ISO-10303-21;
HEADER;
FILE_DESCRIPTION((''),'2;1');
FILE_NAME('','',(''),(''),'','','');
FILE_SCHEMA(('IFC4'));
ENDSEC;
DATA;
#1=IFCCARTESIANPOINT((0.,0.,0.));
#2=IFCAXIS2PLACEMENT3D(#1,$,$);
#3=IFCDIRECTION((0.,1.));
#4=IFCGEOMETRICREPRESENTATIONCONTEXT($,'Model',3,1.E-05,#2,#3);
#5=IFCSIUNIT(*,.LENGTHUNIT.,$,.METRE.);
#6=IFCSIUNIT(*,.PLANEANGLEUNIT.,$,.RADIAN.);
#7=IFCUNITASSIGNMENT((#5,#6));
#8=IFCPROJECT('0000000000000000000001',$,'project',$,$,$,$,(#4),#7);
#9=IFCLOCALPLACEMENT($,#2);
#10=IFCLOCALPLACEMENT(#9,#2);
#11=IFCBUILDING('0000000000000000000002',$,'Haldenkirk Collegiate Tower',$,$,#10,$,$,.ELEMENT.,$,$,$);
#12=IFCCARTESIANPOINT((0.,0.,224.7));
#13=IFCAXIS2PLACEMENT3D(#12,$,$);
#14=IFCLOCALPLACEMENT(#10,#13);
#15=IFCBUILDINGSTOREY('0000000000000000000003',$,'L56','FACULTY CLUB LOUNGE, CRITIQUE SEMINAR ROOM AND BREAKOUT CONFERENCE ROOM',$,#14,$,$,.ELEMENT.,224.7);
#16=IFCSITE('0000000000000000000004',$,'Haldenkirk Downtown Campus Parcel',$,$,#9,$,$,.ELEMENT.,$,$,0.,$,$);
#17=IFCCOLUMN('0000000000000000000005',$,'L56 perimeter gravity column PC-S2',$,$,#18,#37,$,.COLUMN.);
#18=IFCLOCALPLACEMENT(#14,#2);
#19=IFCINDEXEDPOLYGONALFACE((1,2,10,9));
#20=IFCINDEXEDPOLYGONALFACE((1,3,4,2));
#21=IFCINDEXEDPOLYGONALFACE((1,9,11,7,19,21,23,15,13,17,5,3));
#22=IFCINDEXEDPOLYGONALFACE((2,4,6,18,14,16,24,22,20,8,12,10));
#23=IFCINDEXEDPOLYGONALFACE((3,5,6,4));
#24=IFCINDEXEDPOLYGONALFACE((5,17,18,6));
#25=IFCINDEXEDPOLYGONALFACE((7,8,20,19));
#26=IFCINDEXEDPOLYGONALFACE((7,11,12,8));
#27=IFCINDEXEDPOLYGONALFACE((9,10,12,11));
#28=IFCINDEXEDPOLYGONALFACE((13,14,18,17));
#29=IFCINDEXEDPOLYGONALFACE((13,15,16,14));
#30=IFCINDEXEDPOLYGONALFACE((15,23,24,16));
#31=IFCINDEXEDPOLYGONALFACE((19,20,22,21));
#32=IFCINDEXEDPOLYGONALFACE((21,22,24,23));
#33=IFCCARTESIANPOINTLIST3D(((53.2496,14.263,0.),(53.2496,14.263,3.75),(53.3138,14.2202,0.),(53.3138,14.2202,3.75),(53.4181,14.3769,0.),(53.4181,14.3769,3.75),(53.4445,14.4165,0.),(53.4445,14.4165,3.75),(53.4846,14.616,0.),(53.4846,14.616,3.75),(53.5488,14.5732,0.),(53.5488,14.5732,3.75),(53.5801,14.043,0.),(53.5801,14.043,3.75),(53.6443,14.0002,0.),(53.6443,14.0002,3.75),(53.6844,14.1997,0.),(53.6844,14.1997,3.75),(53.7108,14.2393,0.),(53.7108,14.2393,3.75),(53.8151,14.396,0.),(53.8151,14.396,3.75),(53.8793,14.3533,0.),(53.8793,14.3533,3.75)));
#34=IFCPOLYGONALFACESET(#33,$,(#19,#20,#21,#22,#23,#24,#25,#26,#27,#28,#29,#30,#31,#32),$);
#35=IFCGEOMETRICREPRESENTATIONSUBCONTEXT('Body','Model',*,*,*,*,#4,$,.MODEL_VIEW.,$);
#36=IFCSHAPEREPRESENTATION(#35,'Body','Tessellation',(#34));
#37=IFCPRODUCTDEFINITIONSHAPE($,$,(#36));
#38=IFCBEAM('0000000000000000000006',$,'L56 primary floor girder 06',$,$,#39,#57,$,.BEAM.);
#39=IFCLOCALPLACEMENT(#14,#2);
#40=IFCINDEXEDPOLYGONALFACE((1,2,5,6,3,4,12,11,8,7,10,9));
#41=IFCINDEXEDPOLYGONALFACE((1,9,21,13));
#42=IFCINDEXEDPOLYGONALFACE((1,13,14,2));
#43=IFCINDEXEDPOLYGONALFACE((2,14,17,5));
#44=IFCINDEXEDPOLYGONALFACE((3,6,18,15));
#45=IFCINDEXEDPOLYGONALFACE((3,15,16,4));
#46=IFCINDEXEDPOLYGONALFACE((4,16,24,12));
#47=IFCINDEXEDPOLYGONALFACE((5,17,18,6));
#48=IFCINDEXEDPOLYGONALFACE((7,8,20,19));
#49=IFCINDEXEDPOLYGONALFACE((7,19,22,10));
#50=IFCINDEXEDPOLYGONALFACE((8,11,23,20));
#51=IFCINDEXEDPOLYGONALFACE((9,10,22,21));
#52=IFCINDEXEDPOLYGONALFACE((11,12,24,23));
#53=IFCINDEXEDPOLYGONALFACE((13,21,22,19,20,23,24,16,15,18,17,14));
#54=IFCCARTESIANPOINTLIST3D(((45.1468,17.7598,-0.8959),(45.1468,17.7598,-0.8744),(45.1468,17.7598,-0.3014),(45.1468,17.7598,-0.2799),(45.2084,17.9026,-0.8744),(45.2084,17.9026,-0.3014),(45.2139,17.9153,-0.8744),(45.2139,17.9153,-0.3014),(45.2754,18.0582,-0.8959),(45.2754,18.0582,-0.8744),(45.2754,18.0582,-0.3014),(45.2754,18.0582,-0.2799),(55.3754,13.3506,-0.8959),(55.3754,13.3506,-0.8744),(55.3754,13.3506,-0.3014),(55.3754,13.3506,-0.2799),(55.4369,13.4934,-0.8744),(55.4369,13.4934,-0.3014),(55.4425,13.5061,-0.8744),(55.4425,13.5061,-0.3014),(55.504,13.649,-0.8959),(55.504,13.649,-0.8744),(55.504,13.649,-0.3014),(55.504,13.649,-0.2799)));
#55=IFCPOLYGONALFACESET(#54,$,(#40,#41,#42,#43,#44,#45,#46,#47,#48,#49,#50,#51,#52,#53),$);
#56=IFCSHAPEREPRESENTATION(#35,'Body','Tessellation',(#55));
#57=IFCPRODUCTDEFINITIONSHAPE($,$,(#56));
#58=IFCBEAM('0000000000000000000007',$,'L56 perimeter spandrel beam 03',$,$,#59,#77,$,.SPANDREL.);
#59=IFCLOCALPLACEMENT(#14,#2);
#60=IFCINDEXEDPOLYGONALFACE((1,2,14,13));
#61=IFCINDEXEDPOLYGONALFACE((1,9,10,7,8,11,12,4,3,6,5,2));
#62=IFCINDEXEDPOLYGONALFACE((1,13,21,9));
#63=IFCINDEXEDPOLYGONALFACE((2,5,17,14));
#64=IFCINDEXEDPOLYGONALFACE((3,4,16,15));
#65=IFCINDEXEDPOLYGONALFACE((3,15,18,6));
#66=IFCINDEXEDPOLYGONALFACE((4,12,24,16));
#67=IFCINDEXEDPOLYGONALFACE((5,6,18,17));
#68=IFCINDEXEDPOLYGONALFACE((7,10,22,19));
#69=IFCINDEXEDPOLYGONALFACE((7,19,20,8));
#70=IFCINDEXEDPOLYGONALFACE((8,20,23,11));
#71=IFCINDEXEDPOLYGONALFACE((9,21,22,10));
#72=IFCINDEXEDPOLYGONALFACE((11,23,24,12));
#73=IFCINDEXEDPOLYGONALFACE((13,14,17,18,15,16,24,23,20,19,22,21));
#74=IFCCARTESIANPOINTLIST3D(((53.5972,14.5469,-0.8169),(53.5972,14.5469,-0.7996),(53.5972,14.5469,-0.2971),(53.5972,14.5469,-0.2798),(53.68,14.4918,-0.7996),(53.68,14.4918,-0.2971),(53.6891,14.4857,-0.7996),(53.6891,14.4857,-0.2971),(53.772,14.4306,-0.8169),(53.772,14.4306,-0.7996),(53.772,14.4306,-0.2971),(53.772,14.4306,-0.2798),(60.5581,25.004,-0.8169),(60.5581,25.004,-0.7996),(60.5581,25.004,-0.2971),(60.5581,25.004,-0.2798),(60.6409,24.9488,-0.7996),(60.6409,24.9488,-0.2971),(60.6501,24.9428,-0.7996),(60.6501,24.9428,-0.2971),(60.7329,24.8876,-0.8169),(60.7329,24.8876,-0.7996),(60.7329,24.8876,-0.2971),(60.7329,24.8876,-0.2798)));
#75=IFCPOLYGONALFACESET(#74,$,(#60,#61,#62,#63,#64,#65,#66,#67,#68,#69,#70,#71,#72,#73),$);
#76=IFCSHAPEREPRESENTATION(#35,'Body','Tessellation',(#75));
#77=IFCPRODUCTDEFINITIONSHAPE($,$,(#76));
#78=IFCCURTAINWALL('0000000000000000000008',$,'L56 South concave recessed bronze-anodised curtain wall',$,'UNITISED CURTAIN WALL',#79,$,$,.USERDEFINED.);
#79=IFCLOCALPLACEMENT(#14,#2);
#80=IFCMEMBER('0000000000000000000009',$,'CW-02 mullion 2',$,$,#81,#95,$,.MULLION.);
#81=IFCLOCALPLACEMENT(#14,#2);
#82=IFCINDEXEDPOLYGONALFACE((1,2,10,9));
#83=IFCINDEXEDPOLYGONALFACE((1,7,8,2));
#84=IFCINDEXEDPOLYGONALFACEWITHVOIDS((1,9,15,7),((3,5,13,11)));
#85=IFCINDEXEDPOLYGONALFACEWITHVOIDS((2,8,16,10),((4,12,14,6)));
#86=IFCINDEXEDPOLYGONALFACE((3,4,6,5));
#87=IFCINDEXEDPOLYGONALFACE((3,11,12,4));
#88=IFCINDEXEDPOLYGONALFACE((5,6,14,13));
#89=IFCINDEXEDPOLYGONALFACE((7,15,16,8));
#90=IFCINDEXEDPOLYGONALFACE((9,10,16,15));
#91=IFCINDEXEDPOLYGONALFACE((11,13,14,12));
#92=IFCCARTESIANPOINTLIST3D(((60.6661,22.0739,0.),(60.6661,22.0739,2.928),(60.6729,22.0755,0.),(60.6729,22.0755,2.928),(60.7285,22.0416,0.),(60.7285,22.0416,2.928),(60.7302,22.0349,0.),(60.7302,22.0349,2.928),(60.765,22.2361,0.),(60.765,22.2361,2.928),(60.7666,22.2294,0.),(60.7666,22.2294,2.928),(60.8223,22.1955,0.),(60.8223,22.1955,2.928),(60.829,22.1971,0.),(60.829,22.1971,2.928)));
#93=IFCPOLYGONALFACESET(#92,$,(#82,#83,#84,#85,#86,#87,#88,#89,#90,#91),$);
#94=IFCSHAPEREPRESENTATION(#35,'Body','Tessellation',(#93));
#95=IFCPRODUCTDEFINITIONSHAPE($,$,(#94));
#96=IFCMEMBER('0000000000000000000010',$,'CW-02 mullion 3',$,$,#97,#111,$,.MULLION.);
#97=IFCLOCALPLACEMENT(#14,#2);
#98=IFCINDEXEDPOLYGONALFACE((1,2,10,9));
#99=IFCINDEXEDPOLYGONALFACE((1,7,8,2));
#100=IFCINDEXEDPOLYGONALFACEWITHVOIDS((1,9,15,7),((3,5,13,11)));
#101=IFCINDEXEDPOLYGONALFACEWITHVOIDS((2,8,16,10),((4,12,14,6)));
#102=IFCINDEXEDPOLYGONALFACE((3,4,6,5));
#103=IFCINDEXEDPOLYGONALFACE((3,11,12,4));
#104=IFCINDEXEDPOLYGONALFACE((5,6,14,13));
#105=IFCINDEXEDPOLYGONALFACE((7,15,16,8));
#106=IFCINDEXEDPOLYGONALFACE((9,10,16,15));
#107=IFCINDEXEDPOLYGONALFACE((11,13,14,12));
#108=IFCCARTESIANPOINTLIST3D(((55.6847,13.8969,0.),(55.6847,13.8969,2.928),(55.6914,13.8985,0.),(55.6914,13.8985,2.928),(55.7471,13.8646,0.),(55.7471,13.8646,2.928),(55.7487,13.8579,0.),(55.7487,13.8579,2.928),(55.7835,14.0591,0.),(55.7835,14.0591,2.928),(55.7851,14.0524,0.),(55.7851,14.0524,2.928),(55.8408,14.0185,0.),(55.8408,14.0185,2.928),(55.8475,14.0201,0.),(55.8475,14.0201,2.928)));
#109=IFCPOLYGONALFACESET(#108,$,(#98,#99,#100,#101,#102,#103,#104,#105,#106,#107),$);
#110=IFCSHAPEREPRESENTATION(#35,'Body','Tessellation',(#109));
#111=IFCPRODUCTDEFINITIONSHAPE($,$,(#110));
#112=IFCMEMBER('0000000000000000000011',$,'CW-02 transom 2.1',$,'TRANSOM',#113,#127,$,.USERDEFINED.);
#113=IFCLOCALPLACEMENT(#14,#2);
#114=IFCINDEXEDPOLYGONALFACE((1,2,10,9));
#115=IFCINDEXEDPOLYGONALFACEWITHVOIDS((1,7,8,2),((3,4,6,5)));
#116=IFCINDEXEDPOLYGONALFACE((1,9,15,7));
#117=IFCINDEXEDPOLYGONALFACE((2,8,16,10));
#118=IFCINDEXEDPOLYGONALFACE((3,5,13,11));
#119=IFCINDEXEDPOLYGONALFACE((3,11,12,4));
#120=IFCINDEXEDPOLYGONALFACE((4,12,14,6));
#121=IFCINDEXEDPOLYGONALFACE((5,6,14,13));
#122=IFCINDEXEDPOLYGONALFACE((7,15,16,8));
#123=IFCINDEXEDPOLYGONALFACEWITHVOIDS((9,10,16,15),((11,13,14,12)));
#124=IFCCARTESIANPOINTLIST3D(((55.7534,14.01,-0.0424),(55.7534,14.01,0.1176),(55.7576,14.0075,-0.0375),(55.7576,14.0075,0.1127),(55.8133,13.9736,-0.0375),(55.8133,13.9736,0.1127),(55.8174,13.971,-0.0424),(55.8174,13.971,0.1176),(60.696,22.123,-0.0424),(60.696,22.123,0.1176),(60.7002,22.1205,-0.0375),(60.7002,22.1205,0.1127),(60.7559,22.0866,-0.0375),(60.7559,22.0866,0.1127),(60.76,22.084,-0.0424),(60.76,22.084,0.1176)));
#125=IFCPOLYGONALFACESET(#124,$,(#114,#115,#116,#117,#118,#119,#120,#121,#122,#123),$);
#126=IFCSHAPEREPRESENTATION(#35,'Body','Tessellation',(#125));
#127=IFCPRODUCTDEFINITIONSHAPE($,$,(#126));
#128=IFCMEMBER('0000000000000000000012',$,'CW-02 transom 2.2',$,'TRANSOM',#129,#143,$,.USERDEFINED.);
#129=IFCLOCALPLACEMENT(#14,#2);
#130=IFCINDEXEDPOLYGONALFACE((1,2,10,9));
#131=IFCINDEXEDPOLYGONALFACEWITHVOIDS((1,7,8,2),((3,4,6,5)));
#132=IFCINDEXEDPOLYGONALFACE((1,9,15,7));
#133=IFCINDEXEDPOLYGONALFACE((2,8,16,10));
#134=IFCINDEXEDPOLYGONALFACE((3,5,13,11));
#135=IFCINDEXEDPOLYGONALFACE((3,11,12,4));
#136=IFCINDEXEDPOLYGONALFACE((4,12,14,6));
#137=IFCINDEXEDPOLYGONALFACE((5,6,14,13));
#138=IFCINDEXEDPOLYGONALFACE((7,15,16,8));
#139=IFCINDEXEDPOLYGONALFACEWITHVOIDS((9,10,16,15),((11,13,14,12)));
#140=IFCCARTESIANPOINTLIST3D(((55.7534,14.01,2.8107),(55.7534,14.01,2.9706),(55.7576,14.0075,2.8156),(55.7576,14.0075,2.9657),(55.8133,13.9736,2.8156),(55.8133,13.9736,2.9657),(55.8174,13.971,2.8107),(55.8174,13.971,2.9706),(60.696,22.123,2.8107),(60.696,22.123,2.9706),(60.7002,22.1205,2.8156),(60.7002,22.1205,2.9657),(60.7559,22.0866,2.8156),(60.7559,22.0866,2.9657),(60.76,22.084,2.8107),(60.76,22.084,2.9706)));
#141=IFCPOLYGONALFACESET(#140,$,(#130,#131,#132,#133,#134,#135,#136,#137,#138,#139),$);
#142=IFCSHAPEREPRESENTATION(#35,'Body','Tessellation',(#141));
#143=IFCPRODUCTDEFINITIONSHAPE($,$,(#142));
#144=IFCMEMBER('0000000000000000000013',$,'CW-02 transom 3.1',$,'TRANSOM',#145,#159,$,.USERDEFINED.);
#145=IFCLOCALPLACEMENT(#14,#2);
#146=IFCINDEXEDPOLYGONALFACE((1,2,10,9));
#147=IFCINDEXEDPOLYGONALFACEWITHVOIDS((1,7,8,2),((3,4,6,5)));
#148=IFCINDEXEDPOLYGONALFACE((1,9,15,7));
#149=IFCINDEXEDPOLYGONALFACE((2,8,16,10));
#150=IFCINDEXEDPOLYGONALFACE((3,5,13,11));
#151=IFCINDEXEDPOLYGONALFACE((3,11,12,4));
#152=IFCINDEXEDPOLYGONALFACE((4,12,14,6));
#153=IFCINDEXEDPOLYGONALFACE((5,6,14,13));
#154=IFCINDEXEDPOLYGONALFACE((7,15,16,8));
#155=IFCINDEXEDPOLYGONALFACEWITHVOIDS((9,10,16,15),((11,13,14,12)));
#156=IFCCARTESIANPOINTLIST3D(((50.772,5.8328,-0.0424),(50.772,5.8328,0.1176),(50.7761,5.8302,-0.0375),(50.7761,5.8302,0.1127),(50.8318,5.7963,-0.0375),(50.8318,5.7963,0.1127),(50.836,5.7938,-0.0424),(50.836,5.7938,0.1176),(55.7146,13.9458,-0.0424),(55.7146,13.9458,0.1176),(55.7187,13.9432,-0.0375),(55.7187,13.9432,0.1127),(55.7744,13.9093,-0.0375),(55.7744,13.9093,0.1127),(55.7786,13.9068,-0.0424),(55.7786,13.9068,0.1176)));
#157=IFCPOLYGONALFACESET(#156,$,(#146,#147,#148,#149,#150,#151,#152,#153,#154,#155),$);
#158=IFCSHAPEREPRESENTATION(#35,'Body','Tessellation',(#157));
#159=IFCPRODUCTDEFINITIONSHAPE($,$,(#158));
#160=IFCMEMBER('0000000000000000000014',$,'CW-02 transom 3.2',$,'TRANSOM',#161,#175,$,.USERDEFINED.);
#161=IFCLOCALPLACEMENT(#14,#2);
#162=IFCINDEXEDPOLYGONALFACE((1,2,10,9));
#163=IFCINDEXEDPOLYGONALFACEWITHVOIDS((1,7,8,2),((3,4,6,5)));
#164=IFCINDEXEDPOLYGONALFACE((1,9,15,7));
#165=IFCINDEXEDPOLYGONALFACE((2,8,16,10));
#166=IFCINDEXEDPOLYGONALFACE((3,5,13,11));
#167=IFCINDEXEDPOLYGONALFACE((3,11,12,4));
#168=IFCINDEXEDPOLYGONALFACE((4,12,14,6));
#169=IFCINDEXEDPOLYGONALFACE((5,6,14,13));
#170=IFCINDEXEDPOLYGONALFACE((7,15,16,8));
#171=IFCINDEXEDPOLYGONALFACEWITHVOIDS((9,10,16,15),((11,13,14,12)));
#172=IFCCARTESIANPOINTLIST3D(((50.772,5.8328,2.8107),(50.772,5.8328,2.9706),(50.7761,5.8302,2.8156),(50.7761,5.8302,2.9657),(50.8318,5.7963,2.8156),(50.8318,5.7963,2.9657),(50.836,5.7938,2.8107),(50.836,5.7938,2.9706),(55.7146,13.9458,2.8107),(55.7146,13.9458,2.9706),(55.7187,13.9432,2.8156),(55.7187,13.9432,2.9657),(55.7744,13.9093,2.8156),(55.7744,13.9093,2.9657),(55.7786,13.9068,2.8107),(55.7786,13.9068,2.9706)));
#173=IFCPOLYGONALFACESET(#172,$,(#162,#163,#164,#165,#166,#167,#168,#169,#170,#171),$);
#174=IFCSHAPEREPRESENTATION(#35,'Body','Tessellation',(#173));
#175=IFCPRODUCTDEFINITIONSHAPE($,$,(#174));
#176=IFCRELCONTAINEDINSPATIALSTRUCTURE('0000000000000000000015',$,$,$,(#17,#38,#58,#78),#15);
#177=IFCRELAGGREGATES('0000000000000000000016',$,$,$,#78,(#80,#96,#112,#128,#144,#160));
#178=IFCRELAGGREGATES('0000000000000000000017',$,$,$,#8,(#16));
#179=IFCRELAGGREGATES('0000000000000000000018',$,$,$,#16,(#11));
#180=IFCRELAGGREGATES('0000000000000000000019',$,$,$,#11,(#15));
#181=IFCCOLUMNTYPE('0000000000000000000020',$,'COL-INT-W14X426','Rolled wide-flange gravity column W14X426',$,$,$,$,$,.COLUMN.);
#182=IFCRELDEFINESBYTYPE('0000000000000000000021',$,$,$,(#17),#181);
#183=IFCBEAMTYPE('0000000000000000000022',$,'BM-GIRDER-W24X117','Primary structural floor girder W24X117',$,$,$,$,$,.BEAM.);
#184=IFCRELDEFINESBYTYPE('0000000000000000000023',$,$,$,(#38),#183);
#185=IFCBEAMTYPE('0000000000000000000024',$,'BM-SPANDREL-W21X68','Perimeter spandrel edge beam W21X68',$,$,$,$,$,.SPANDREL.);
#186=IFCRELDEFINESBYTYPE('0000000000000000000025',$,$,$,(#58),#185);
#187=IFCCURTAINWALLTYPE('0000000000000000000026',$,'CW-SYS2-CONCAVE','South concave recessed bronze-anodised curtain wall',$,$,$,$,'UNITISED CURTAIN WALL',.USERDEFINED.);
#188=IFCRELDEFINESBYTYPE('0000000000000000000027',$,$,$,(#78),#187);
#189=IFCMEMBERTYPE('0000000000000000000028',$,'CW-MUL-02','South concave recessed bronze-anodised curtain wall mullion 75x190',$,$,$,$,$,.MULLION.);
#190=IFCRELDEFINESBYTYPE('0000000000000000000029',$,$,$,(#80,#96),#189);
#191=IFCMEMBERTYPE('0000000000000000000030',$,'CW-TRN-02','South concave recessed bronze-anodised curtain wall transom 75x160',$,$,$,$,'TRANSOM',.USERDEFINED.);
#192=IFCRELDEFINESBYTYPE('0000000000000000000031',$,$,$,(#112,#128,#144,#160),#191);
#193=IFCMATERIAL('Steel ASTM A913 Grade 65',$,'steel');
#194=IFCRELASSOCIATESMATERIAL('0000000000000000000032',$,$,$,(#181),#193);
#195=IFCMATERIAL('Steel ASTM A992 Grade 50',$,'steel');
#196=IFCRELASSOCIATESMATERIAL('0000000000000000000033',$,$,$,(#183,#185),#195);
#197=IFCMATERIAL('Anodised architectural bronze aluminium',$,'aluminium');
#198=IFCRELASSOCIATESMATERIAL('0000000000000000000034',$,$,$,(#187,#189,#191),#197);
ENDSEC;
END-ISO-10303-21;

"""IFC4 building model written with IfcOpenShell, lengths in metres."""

from ifc_helpers import new_model, si_unit, direction, frame, origin, origin_2d, place, context, subcontext, project, spatial, hollow_rectangle, i_section, extrude, material, material_profile, profile_set, type_object, element, aggregate, save


model = new_model("IFC4")

# Units and contexts
model_context = context("Model", 3, precision=1e-05, world=origin(), true_north=direction((0.0, 1.0)))
body_context = subcontext(model_context, "Body", "Model", "MODEL_VIEW")
ifc_project = project(units=[si_unit("LENGTHUNIT", "METRE"), si_unit("PLANEANGLEUNIT", "RADIAN")], contexts=[model_context])

# Site, building, storey
site_placement = place(None, origin())
site = spatial("IfcSite", under=ifc_project, at=site_placement, Name="Haldenkirk Downtown Campus Parcel", CompositionType="ELEMENT", RefElevation=0.0)
building_placement = place(site_placement, origin())
building = spatial("IfcBuilding", under=site, at=building_placement, Name="Haldenkirk Collegiate Tower", CompositionType="ELEMENT")
storey_placement = place(building_placement, frame((0.0, 0.0, 224.7)))
storey = spatial("IfcBuildingStorey", under=building, at=storey_placement, Name="L56", Description="FACULTY CLUB LOUNGE, CRITIQUE SEMINAR ROOM AND BREAKOUT CONFERENCE ROOM", CompositionType="ELEMENT", Elevation=224.7)

# Column
ifc_material_1 = material(Name="Steel ASTM A913 Grade 65", Category="steel")
ifc_material_profile_1 = material_profile(ifc_material_1, i_section(OverallWidth=0.4241, OverallDepth=0.4741, WebThickness=0.0476, FlangeThickness=0.0771, at=origin_2d()), Name="W14X426")
ifc_profile_set_1 = profile_set([ifc_material_profile_1], Name="Steel ASTM A913 Grade 65")
column_type = type_object("IfcColumnType", Name="COL-INT-W14X426", Description="Rolled wide-flange gravity column W14X426", PredefinedType="COLUMN", material=ifc_profile_set_1)
column_placement = place(storey_placement, frame((53.5645, 14.3081, 0.0), z_axis=(0.0, 0.0, 1.0), x_axis=(0.554118, 0.832438, 0.0)))
element("IfcColumn", 1, at=column_placement, inside=storey, type_object=column_type, Name="L56 perimeter gravity column PC-S2", PredefinedType="COLUMN", context=body_context, shape_type="SweptSolid", body=[
    extrude(i_section(OverallWidth=0.4241, OverallDepth=0.4741, WebThickness=0.0476, FlangeThickness=0.0771, at=origin_2d()), origin(), (0.0, 0.0, 1.0), 3.75),
])

# Beams
ifc_material_2 = material(Name="Steel ASTM A992 Grade 50", Category="steel")
ifc_material_profile_2 = material_profile(ifc_material_2, i_section(OverallWidth=0.325, OverallDepth=0.616, WebThickness=0.0139, FlangeThickness=0.0215, at=origin_2d()), Name="W24X117")
ifc_profile_set_2 = profile_set([ifc_material_profile_2], Name="Steel ASTM A992 Grade 50")
beam_type_1 = type_object("IfcBeamType", Name="BM-GIRDER-W24X117", Description="Primary structural floor girder W24X117", PredefinedType="BEAM", material=ifc_profile_set_2)
beam_1_placement = place(storey_placement, frame((55.4397, 13.4998, -0.5879), z_axis=(-0.918313, 0.395855, 0.0), x_axis=(-0.395855, -0.918313, 0.0)))
element("IfcBeam", 2, at=beam_1_placement, inside=storey, type_object=beam_type_1, Name="L56 primary floor girder 06", PredefinedType="BEAM", context=body_context, shape_type="SweptSolid", body=[
    extrude(i_section(OverallWidth=0.325, OverallDepth=0.616, WebThickness=0.0139, FlangeThickness=0.0215, at=origin_2d()), origin(), (0.0, 0.0, 1.0), 11.1384),
])
ifc_material_profile_3 = material_profile(ifc_material_2, i_section(OverallWidth=0.21, OverallDepth=0.5371, WebThickness=0.011, FlangeThickness=0.0173, at=origin_2d()), Name="W21X68")
ifc_profile_set_3 = profile_set([ifc_material_profile_3], Name="Steel ASTM A992 Grade 50")
beam_type_2 = type_object("IfcBeamType", Name="BM-SPANDREL-W21X68", Description="Perimeter spandrel edge beam W21X68", PredefinedType="SPANDREL", material=ifc_profile_set_3)
beam_2_placement = place(storey_placement, frame((53.6846, 14.4888, -0.5483), z_axis=(0.554126, 0.832433, 0.0), x_axis=(-0.832433, 0.554126, 0.0)))
element("IfcBeam", 3, at=beam_2_placement, inside=storey, type_object=beam_type_2, Name="L56 perimeter spandrel beam 03", PredefinedType="SPANDREL", context=body_context, shape_type="SweptSolid", body=[
    extrude(i_section(OverallWidth=0.21, OverallDepth=0.5371, WebThickness=0.011, FlangeThickness=0.0173, at=origin_2d()), origin(), (0.0, 0.0, 1.0), 12.562),
])

# Curtain wall, members
ifc_material_3 = material(Name="Anodised architectural bronze aluminium", Category="aluminium")
curtain_wall_type = type_object("IfcCurtainWallType", Name="CW-SYS2-CONCAVE", Description="South concave recessed bronze-anodised curtain wall", ElementType="UNITISED CURTAIN WALL", PredefinedType="USERDEFINED", material=ifc_material_3)
curtain_wall_placement = place(storey_placement, origin())
curtain_wall = element("IfcCurtainWall", 4, at=curtain_wall_placement, inside=storey, type_object=curtain_wall_type, Name="L56 South concave recessed bronze-anodised curtain wall", ObjectType="UNITISED CURTAIN WALL", PredefinedType="USERDEFINED")
ifc_material_profile_4 = material_profile(ifc_material_3, hollow_rectangle(XDim=0.075, YDim=0.1899, WallThickness=0.0049, at=origin_2d()), Name="CW-MUL-02")
ifc_profile_set_4 = profile_set([ifc_material_profile_4], Name="Anodised architectural bronze aluminium")
member_type_1 = type_object("IfcMemberType", Name="CW-MUL-02", Description="South concave recessed bronze-anodised curtain wall mullion 75x190", PredefinedType="MULLION", material=ifc_profile_set_4)
member_1_placement = place(storey_placement, frame((60.7476, 22.1355, 0.0), z_axis=(0.0, 0.0, 1.0), x_axis=(0.854004, -0.520266, 0.0)))
member_1 = element("IfcMember", 5, at=member_1_placement, type_object=member_type_1, Name="CW-02 mullion 2", PredefinedType="MULLION", context=body_context, shape_type="SweptSolid", body=[
    extrude(hollow_rectangle(XDim=0.075, YDim=0.1899, WallThickness=0.0049, at=origin_2d()), origin(), (0.0, 0.0, 1.0), 2.928),
])
member_2_placement = place(storey_placement, frame((55.7661, 13.9585, 0.0), z_axis=(0.0, 0.0, 1.0), x_axis=(0.854004, -0.520266, 0.0)))
member_2 = element("IfcMember", 6, at=member_2_placement, type_object=member_type_1, Name="CW-02 mullion 3", PredefinedType="MULLION", context=body_context, shape_type="SweptSolid", body=[
    extrude(hollow_rectangle(XDim=0.075, YDim=0.1899, WallThickness=0.0049, at=origin_2d()), origin(), (0.0, 0.0, 1.0), 2.928),
])
ifc_material_profile_5 = material_profile(ifc_material_3, hollow_rectangle(XDim=0.075, YDim=0.1599, WallThickness=0.0049, at=origin_2d()), Name="CW-TRN-02")
ifc_profile_set_5 = profile_set([ifc_material_profile_5], Name="Anodised architectural bronze aluminium")
member_type_2 = type_object("IfcMemberType", Name="CW-TRN-02", Description="South concave recessed bronze-anodised curtain wall transom 75x160", ElementType="TRANSOM", PredefinedType="USERDEFINED", material=ifc_profile_set_5)
member_3_placement = place(storey_placement, frame((60.728, 22.1035, 0.0376), z_axis=(-0.520274, -0.853999, 0.0), x_axis=(0.853999, -0.520274, 0.0)))
member_3 = element("IfcMember", 7, at=member_3_placement, type_object=member_type_2, Name="CW-02 transom 2.1", ObjectType="TRANSOM", PredefinedType="USERDEFINED", context=body_context, shape_type="SweptSolid", body=[
    extrude(hollow_rectangle(XDim=0.075, YDim=0.1599, WallThickness=0.0049, at=origin_2d()), origin(), (0.0, 0.0, 1.0), 9.5),
])
member_4_placement = place(storey_placement, frame((60.728, 22.1035, 2.8906), z_axis=(-0.520274, -0.853999, 0.0), x_axis=(0.853999, -0.520274, 0.0)))
member_4 = element("IfcMember", 8, at=member_4_placement, type_object=member_type_2, Name="CW-02 transom 2.2", ObjectType="TRANSOM", PredefinedType="USERDEFINED", context=body_context, shape_type="SweptSolid", body=[
    extrude(hollow_rectangle(XDim=0.075, YDim=0.1599, WallThickness=0.0049, at=origin_2d()), origin(), (0.0, 0.0, 1.0), 9.5),
])
member_5_placement = place(storey_placement, frame((55.7466, 13.9263, 0.0376), z_axis=(-0.520274, -0.853999, 0.0), x_axis=(0.853999, -0.520274, 0.0)))
member_5 = element("IfcMember", 9, at=member_5_placement, type_object=member_type_2, Name="CW-02 transom 3.1", ObjectType="TRANSOM", PredefinedType="USERDEFINED", context=body_context, shape_type="SweptSolid", body=[
    extrude(hollow_rectangle(XDim=0.075, YDim=0.1599, WallThickness=0.0049, at=origin_2d()), origin(), (0.0, 0.0, 1.0), 9.5),
])
member_6_placement = place(storey_placement, frame((55.7466, 13.9263, 2.8906), z_axis=(-0.520274, -0.853999, 0.0), x_axis=(0.853999, -0.520274, 0.0)))
member_6 = element("IfcMember", 10, at=member_6_placement, type_object=member_type_2, Name="CW-02 transom 3.2", ObjectType="TRANSOM", PredefinedType="USERDEFINED", context=body_context, shape_type="SweptSolid", body=[
    extrude(hollow_rectangle(XDim=0.075, YDim=0.1599, WallThickness=0.0049, at=origin_2d()), origin(), (0.0, 0.0, 1.0), 9.5),
])

aggregate(curtain_wall, [member_1, member_2, member_3, member_4, member_5, member_6])

save(model, "model.ifc")
